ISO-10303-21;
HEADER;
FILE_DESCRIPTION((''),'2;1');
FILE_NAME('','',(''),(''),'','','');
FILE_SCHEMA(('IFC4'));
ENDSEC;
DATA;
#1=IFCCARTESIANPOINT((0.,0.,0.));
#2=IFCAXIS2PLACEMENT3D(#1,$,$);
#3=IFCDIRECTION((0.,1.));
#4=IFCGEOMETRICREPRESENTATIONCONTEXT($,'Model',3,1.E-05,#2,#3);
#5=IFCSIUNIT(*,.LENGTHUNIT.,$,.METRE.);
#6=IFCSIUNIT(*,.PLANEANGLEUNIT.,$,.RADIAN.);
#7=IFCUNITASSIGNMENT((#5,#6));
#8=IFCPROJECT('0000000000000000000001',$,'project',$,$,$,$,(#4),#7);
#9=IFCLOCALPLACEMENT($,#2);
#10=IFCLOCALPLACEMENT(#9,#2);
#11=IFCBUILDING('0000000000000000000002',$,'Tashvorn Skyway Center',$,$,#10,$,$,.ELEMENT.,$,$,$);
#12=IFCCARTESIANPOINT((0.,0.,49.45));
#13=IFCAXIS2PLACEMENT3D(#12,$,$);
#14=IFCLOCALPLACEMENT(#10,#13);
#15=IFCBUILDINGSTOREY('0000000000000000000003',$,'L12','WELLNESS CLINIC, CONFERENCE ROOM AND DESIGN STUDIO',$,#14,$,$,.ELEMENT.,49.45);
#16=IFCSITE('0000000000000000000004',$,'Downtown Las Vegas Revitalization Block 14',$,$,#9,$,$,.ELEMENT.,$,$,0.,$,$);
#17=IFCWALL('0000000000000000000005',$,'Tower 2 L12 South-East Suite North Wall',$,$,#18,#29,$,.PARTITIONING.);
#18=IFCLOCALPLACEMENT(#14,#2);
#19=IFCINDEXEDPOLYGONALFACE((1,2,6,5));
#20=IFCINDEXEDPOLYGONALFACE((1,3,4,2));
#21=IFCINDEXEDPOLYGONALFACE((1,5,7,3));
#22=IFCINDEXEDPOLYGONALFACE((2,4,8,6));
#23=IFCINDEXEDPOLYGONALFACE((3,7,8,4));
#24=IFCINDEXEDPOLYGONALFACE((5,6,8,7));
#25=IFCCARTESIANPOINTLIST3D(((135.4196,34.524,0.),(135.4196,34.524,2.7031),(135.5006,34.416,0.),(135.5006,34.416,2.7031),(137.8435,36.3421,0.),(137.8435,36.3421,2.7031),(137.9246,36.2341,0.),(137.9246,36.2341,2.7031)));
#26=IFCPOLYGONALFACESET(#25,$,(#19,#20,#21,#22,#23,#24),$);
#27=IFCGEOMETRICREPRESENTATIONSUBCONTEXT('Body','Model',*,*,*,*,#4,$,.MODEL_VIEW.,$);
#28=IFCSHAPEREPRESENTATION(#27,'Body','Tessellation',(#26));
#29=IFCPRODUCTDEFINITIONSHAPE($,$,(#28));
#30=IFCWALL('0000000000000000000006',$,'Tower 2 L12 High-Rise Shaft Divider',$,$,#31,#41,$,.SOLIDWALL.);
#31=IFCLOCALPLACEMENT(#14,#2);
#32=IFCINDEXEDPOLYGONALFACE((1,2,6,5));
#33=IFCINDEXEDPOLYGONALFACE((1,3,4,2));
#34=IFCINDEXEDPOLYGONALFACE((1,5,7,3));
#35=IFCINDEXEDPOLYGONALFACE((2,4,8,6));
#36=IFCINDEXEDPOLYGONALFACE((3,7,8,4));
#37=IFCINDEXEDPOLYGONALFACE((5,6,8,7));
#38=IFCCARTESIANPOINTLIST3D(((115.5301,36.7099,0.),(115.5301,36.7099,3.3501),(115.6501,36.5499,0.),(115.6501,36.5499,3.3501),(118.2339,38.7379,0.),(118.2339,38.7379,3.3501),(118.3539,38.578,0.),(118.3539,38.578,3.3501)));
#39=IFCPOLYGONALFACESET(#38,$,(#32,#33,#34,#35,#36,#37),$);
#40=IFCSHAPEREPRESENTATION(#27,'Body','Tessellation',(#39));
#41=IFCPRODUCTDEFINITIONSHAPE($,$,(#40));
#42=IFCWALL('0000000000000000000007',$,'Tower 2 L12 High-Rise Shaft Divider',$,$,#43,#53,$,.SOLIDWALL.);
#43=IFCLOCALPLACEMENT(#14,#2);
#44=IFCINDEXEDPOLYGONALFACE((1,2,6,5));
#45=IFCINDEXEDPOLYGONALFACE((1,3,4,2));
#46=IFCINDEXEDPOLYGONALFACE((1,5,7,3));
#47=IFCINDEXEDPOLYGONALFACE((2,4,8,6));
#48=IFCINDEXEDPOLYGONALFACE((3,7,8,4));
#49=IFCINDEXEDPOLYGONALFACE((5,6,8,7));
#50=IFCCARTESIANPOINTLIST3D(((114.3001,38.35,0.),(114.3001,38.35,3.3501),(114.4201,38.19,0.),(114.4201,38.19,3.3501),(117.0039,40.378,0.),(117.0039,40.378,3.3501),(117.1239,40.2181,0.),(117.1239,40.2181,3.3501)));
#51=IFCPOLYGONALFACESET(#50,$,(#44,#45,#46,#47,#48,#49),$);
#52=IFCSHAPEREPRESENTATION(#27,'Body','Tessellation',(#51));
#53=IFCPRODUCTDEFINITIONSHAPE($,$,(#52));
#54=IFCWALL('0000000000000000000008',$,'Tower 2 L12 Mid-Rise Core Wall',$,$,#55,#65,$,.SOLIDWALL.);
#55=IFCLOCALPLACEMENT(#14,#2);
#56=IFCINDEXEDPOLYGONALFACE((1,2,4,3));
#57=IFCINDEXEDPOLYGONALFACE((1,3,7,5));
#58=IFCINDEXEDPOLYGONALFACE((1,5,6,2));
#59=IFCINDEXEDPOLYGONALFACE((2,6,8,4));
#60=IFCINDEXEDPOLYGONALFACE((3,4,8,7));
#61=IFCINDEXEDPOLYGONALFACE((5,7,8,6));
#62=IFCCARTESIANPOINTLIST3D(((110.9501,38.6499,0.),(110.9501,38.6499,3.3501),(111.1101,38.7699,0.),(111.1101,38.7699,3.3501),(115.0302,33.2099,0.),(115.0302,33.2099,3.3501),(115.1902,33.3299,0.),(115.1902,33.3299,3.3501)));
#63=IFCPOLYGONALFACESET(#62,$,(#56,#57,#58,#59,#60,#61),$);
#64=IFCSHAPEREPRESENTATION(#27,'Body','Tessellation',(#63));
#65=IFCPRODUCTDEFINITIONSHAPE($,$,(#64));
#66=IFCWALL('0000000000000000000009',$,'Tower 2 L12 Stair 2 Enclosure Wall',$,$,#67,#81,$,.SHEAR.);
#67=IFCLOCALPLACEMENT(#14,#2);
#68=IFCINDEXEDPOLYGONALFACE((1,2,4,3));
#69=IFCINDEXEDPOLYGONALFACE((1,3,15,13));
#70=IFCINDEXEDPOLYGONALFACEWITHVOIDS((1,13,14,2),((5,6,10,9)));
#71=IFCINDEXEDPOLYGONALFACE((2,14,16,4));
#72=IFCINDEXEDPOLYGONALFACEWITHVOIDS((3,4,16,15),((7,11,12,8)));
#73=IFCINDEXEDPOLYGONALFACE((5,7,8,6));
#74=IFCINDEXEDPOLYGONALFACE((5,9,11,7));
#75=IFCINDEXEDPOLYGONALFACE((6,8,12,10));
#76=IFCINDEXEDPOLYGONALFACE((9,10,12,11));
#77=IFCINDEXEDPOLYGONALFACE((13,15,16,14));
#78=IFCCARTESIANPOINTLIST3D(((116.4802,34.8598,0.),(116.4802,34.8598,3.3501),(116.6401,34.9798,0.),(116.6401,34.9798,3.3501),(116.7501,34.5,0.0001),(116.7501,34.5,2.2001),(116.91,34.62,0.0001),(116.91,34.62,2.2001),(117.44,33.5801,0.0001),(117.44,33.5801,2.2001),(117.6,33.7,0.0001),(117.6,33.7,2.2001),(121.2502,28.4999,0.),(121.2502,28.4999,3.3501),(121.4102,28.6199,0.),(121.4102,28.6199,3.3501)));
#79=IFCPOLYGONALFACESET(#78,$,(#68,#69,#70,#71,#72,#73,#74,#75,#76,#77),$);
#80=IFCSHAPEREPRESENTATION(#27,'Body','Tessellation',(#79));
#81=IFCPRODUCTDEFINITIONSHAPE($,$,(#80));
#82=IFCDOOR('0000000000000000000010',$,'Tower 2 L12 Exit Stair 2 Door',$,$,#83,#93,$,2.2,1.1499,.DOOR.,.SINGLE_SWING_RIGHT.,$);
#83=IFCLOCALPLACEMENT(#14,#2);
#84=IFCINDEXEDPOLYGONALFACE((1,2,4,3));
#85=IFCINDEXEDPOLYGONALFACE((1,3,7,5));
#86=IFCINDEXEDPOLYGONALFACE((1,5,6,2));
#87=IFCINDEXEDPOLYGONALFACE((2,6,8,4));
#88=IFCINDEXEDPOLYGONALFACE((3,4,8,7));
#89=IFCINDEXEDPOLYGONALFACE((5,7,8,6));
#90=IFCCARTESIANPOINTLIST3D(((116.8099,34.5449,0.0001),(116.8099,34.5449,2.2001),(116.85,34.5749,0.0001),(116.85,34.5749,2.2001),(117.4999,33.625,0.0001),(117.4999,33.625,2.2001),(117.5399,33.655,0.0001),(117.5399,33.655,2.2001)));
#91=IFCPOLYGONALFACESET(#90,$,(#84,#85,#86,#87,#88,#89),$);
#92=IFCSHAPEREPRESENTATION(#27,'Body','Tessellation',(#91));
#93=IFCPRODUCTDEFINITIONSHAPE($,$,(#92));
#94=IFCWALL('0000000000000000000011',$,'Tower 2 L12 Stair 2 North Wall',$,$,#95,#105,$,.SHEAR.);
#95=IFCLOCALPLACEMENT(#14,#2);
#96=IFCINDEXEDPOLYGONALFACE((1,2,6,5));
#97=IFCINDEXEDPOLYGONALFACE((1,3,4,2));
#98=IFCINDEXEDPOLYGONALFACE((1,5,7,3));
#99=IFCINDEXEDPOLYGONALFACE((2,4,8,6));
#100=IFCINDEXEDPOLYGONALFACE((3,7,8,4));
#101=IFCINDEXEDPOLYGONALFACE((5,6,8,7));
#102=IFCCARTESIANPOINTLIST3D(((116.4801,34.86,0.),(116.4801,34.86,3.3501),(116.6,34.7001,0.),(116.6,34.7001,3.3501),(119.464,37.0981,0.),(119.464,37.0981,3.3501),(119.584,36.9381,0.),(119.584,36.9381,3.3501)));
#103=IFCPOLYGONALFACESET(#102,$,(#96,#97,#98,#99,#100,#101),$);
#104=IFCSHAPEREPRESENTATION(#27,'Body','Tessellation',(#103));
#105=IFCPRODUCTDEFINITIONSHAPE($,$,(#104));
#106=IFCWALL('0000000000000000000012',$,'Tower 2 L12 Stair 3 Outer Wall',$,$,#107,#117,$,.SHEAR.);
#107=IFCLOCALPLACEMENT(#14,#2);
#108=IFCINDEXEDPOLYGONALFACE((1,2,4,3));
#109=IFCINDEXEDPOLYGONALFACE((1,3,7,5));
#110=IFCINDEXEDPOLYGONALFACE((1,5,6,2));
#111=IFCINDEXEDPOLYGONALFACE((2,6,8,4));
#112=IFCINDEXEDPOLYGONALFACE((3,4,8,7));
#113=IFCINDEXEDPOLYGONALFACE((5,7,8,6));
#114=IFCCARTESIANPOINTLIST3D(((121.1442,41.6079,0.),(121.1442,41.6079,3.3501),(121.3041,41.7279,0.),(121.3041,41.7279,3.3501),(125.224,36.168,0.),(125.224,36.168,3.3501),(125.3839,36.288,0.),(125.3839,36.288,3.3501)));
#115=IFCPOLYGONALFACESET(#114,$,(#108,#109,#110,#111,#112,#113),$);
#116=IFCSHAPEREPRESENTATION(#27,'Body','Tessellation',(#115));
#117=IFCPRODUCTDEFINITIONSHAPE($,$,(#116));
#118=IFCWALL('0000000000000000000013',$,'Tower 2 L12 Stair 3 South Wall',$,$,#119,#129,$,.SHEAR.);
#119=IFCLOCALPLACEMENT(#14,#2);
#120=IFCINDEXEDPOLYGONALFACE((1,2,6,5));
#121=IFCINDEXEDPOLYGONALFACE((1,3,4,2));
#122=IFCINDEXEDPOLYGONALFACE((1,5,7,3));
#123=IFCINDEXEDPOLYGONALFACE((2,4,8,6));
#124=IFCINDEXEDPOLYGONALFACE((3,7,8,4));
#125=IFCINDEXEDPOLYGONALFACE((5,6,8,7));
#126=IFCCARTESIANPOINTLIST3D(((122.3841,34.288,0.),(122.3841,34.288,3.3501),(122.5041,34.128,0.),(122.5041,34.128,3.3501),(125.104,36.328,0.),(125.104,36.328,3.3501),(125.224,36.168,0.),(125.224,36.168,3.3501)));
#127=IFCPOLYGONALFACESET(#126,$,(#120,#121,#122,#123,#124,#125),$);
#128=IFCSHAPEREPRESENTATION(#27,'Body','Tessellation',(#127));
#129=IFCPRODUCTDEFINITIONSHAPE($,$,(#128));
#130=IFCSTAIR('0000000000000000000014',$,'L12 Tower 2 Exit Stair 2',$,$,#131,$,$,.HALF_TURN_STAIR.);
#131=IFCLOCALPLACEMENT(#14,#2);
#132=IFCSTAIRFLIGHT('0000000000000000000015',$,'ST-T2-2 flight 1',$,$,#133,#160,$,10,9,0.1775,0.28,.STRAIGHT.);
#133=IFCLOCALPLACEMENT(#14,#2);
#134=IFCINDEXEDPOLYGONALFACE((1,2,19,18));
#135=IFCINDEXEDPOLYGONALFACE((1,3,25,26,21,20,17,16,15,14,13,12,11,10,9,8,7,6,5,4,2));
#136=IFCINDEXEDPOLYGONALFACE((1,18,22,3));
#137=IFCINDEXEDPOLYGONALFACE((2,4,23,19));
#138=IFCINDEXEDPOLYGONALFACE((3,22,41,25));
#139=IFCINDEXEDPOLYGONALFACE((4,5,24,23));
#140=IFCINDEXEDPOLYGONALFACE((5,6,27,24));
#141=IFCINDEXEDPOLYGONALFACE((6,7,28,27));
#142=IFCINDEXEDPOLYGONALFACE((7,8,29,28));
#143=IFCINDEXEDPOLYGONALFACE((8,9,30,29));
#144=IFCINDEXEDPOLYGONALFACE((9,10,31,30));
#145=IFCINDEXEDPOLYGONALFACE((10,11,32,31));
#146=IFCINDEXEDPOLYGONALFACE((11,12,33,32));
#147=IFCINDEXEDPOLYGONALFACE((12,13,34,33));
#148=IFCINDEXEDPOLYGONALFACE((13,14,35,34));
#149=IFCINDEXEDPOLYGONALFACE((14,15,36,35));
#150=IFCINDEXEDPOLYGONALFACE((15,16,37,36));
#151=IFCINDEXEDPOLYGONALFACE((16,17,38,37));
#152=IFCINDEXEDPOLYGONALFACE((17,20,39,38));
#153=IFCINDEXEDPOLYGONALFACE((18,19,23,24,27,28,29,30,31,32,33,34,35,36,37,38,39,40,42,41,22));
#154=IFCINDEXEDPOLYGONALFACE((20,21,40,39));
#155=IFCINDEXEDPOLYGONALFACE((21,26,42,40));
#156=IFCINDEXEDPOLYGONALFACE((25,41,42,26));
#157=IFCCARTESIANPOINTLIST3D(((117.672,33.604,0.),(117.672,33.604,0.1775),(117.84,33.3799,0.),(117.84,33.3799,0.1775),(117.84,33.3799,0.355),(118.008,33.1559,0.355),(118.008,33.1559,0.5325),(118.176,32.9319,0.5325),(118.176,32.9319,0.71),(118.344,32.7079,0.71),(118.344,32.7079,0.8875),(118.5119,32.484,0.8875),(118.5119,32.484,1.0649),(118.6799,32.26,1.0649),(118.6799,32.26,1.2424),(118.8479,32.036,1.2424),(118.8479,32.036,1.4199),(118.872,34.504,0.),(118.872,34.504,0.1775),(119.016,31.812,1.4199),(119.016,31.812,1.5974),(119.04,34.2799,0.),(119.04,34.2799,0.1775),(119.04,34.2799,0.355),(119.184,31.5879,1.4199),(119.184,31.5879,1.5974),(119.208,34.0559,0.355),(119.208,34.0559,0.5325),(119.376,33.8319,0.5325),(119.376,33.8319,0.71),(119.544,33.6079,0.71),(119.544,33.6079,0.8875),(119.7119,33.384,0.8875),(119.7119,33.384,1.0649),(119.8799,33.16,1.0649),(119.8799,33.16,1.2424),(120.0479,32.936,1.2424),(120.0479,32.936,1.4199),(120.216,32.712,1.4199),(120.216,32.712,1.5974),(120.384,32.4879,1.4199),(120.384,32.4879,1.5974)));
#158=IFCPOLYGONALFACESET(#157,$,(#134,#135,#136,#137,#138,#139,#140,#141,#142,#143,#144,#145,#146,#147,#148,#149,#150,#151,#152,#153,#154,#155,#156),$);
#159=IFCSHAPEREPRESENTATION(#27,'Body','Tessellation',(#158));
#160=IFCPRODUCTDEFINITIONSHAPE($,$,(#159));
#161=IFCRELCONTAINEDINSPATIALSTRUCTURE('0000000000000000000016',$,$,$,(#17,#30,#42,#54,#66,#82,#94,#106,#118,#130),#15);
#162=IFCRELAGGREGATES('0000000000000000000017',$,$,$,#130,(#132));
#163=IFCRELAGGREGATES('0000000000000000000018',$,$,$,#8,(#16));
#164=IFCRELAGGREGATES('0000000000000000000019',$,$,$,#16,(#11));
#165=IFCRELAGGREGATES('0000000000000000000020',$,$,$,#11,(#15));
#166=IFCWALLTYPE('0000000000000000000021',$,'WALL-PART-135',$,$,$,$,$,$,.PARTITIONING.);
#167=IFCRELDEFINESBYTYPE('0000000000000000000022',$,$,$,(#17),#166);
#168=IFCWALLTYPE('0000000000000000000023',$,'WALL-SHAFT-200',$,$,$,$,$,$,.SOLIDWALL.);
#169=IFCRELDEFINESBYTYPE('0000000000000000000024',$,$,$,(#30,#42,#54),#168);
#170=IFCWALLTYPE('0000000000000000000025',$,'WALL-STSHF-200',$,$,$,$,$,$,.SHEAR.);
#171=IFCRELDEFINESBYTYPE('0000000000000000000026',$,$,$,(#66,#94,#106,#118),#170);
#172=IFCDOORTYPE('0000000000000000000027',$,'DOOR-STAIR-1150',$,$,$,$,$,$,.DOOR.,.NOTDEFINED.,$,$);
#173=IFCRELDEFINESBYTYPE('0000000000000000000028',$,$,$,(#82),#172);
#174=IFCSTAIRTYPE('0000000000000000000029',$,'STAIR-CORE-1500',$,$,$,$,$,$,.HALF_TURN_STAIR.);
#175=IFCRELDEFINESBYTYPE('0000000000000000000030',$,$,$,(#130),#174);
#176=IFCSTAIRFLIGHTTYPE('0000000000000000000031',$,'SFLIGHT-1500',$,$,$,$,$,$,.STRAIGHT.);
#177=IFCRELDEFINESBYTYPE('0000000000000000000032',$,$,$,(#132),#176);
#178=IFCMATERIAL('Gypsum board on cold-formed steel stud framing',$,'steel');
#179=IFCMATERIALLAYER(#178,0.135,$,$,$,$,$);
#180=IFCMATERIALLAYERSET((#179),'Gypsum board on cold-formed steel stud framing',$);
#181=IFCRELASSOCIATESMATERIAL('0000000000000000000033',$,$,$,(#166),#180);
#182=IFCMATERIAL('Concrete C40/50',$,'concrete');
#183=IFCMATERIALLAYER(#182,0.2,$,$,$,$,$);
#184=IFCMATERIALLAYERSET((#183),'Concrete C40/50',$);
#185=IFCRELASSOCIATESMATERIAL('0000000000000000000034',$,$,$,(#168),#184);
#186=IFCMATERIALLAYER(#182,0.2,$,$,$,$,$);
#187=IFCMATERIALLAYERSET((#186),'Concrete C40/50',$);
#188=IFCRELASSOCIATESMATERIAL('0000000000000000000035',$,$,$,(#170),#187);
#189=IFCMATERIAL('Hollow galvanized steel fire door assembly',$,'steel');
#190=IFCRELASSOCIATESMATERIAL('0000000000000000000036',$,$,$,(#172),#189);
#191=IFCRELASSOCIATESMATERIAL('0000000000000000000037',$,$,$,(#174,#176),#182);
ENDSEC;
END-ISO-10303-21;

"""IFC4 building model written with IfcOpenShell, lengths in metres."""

from ifc_helpers import new_model, si_unit, direction, frame, frame_2d, origin, place, context, subcontext, project, spatial, polyline, rectangle, outline, extrude, material, layer, layer_set, type_object, element, fill, aggregate, save


model = new_model("IFC4")

# Units and contexts
model_context = context("Model", 3, precision=1e-05, world=origin(), true_north=direction((0.0, 1.0)))
body_context = subcontext(model_context, "Body", "Model", "MODEL_VIEW")
ifc_project = project(units=[si_unit("LENGTHUNIT", "METRE"), si_unit("PLANEANGLEUNIT", "RADIAN")], contexts=[model_context])

# Site, building, storey
site_placement = place(None, origin())
site = spatial("IfcSite", under=ifc_project, at=site_placement, Name="Downtown Las Vegas Revitalization Block 14", CompositionType="ELEMENT", RefElevation=0.0)
building_placement = place(site_placement, origin())
building = spatial("IfcBuilding", under=site, at=building_placement, Name="Tashvorn Skyway Center", CompositionType="ELEMENT")
storey_placement = place(building_placement, frame((0.0, 0.0, 49.45)))
storey = spatial("IfcBuildingStorey", under=building, at=storey_placement, Name="L12", Description="WELLNESS CLINIC, CONFERENCE ROOM AND DESIGN STUDIO", CompositionType="ELEMENT", Elevation=49.45)

# Shared definitions
ifc_material_1 = material(Name="Gypsum board on cold-formed steel stud framing", Category="steel")
ifc_layer_1 = layer(ifc_material_1, 0.135)
ifc_layer_set_1 = layer_set([ifc_layer_1], Name="Gypsum board on cold-formed steel stud framing")
wall_type_1 = type_object("IfcWallType", Name="WALL-PART-135", PredefinedType="PARTITIONING", material=ifc_layer_set_1)

# Walls
wall_1_placement = place(storey_placement, frame((135.46, 34.47, 0.0), z_axis=(0.0, 0.0, 1.0), x_axis=(0.79999, 0.600013, 0.0)))
element("IfcWall", 1, at=wall_1_placement, inside=storey, type_object=wall_type_1, Name="Tower 2 L12 South-East Suite North Wall", PredefinedType="PARTITIONING", context=body_context, shape_type="SweptSolid", body=[
    extrude(rectangle(XDim=3.03, YDim=0.135, at=frame_2d((1.5151, 0.0))), origin(), (0.0, 0.0, 1.0), 2.7031),
])
ifc_material_2 = material(Name="Concrete C40/50", Category="concrete")
ifc_layer_2 = layer(ifc_material_2, 0.2)
ifc_layer_set_2 = layer_set([ifc_layer_2], Name="Concrete C40/50")
wall_type_2 = type_object("IfcWallType", Name="WALL-SHAFT-200", PredefinedType="SOLIDWALL", material=ifc_layer_set_2)
for number, where, z_axis, x_axis, name in (
    (2, (115.5901, 36.6299, 0.0), (0.0, 0.0, 1.0), (0.799974, 0.600035, 0.0), "Tower 2 L12 High-Rise Shaft Divider"),
    (3, (114.3601, 38.27, 0.0), (0.0, 0.0, 1.0), (0.799974, 0.600035, 0.0), "Tower 2 L12 High-Rise Shaft Divider"),
):
    element("IfcWall", number, at=place(storey_placement, frame(where, z_axis=z_axis, x_axis=x_axis)), inside=storey, type_object=wall_type_2, Name=name, PredefinedType="SOLIDWALL", context=body_context, shape_type="SweptSolid", body=[
        extrude(rectangle(XDim=3.3799, YDim=0.2, at=frame_2d((1.6899, 0.0))), origin(), (0.0, 0.0, 1.0), 3.3501),
    ])
wall_2_placement = place(storey_placement, frame((115.1101, 33.27, 0.0), z_axis=(0.0, 0.0, 1.0), x_axis=(-0.600011, 0.799991, 0.0)))
element("IfcWall", 4, at=wall_2_placement, inside=storey, type_object=wall_type_2, Name="Tower 2 L12 Mid-Rise Core Wall", PredefinedType="SOLIDWALL", context=body_context, shape_type="SweptSolid", body=[
    extrude(rectangle(XDim=6.8, YDim=0.2, at=frame_2d((3.3999, 0.0))), origin(), (0.0, 0.0, 1.0), 3.3501),
])

# Wall, opening, door
ifc_layer_3 = layer(ifc_material_2, 0.2)
ifc_layer_set_3 = layer_set([ifc_layer_3], Name="Concrete C40/50")
wall_type_3 = type_object("IfcWallType", Name="WALL-STSHF-200", PredefinedType="SHEAR", material=ifc_layer_set_3)
wall_3_placement = place(storey_placement, frame((116.5601, 34.9199, 0.0), z_axis=(0.0, 0.0, 1.0), x_axis=(0.60001, -0.799993, 0.0)))
wall_3 = element("IfcWall", 5, at=wall_3_placement, inside=storey, type_object=wall_type_3, Name="Tower 2 L12 Stair 2 Enclosure Wall", PredefinedType="SHEAR", context=body_context, shape_type="SweptSolid", body=[
    extrude(rectangle(XDim=7.95, YDim=0.2, at=frame_2d((3.9751, 0.0))), origin(), (0.0, 0.0, 1.0), 3.3501),
])
opening_1_placement = place(wall_3_placement, frame((0.45, 0.0, 0.0)))
opening_1 = element("IfcOpeningElement", 6, at=opening_1_placement, cuts=wall_3, PredefinedType="OPENING", context=body_context, shape_type="SweptSolid", body=[
    extrude(rectangle(XDim=1.1499, YDim=2.2, at=frame_2d((0.575, 1.1001))), frame((0.0, 0.1099, 0.0), z_axis=(0.0, -1.0, 0.0), x_axis=(1.0, 0.0, 0.0)), (0.0, 0.0, 1.0), 0.22),
])
ifc_material_3 = material(Name="Hollow galvanized steel fire door assembly", Category="steel")
door_type_1 = type_object("IfcDoorType", Name="DOOR-STAIR-1150", OperationType="NOTDEFINED", PredefinedType="DOOR", material=ifc_material_3)
door_1_placement = place(opening_1_placement, origin())
door_1 = element("IfcDoor", 7, at=door_1_placement, inside=storey, type_object=door_type_1, Name="Tower 2 L12 Exit Stair 2 Door", OperationType="SINGLE_SWING_RIGHT", OverallHeight=2.2, OverallWidth=1.1499, PredefinedType="DOOR", context=body_context, shape_type="SweptSolid", body=[
    extrude(rectangle(XDim=1.1499, YDim=2.2, at=frame_2d((0.575, 1.1001))), frame((0.0, 0.0249, 0.0), z_axis=(0.0, -1.0, 0.0), x_axis=(1.0, 0.0, 0.0)), (0.0, 0.0, 1.0), 0.05),
])
fill(opening_1, door_1)

# Walls
wall_4_placement = place(storey_placement, frame((116.54, 34.78, 0.0), z_axis=(0.0, 0.0, 1.0), x_axis=(0.799984, 0.600021, 0.0)))
element("IfcWall", 8, at=wall_4_placement, inside=storey, type_object=wall_type_3, Name="Tower 2 L12 Stair 2 North Wall", PredefinedType="SHEAR", context=body_context, shape_type="SweptSolid", body=[
    extrude(rectangle(XDim=3.73, YDim=0.2, at=frame_2d((1.865, 0.0))), origin(), (0.0, 0.0, 1.0), 3.3501),
])
wall_5_placement = place(storey_placement, frame((125.304, 36.228, 0.0), z_axis=(0.0, 0.0, 1.0), x_axis=(-0.599989, 0.800009, 0.0)))
element("IfcWall", 9, at=wall_5_placement, inside=storey, type_object=wall_type_3, Name="Tower 2 L12 Stair 3 Outer Wall", PredefinedType="SHEAR", context=body_context, shape_type="SweptSolid", body=[
    extrude(rectangle(XDim=6.7998, YDim=0.2, at=frame_2d((3.3999, 0.0))), origin(), (0.0, 0.0, 1.0), 3.3501),
])
wall_6_placement = place(storey_placement, frame((122.4441, 34.208, 0.0), z_axis=(0.0, 0.0, 1.0), x_axis=(0.799991, 0.600011, 0.0)))
element("IfcWall", 10, at=wall_6_placement, inside=storey, type_object=wall_type_3, Name="Tower 2 L12 Stair 3 South Wall", PredefinedType="SHEAR", context=body_context, shape_type="SweptSolid", body=[
    extrude(rectangle(XDim=3.3999, YDim=0.2, at=frame_2d((1.7, 0.0))), origin(), (0.0, 0.0, 1.0), 3.3501),
])

# Stair, stair flight
stair_type = type_object("IfcStairType", Name="STAIR-CORE-1500", PredefinedType="HALF_TURN_STAIR", material=ifc_material_2)
stair_1_placement = place(storey_placement, origin())
stair_1 = element("IfcStair", 11, at=stair_1_placement, inside=storey, type_object=stair_type, Name="L12 Tower 2 Exit Stair 2", PredefinedType="HALF_TURN_STAIR")
stair_flight_type = type_object("IfcStairFlightType", Name="SFLIGHT-1500", PredefinedType="STRAIGHT", material=ifc_material_2)
stair_flight_1_placement = place(storey_placement, frame((118.272, 34.054, 0.0), z_axis=(0.0, 0.0, 1.0), x_axis=(0.6, -0.8, 0.0)))
stair_flight_1 = element("IfcStairFlight", 12, at=stair_flight_1_placement, type_object=stair_flight_type, Name="ST-T2-2 flight 1", NumberOfRisers=10, NumberOfTreads=9, PredefinedType="STRAIGHT", RiserHeight=0.1775, TreadLength=0.28, context=body_context, shape_type="SweptSolid", body=[
    extrude(outline(polyline([(0.0, 0.0), (0.0, 0.1775), (0.28, 0.1775), (0.28, 0.355), (0.5601, 0.355), (0.5601, 0.5325), (0.8401, 0.5325), (0.8401, 0.71), (1.1201, 0.71), (1.1201, 0.8875), (1.3999, 0.8875), (1.3999, 1.0649), (1.6799, 1.0649), (1.6799, 1.2424), (1.96, 1.2424), (1.96, 1.4199), (2.24, 1.4199), (2.24, 1.5974), (2.52, 1.5974), (2.52, 1.7749), (2.52, 1.4199), (0.28, 0.0), (0.0, 0.0)])), frame((0.0, 0.75, 0.0), z_axis=(0.0, -1.0, 0.0), x_axis=(1.0, 0.0, 0.0)), (0.0, 0.0, 1.0), 1.5),
])
aggregate(stair_1, [stair_flight_1])

save(model, "model.ifc")
